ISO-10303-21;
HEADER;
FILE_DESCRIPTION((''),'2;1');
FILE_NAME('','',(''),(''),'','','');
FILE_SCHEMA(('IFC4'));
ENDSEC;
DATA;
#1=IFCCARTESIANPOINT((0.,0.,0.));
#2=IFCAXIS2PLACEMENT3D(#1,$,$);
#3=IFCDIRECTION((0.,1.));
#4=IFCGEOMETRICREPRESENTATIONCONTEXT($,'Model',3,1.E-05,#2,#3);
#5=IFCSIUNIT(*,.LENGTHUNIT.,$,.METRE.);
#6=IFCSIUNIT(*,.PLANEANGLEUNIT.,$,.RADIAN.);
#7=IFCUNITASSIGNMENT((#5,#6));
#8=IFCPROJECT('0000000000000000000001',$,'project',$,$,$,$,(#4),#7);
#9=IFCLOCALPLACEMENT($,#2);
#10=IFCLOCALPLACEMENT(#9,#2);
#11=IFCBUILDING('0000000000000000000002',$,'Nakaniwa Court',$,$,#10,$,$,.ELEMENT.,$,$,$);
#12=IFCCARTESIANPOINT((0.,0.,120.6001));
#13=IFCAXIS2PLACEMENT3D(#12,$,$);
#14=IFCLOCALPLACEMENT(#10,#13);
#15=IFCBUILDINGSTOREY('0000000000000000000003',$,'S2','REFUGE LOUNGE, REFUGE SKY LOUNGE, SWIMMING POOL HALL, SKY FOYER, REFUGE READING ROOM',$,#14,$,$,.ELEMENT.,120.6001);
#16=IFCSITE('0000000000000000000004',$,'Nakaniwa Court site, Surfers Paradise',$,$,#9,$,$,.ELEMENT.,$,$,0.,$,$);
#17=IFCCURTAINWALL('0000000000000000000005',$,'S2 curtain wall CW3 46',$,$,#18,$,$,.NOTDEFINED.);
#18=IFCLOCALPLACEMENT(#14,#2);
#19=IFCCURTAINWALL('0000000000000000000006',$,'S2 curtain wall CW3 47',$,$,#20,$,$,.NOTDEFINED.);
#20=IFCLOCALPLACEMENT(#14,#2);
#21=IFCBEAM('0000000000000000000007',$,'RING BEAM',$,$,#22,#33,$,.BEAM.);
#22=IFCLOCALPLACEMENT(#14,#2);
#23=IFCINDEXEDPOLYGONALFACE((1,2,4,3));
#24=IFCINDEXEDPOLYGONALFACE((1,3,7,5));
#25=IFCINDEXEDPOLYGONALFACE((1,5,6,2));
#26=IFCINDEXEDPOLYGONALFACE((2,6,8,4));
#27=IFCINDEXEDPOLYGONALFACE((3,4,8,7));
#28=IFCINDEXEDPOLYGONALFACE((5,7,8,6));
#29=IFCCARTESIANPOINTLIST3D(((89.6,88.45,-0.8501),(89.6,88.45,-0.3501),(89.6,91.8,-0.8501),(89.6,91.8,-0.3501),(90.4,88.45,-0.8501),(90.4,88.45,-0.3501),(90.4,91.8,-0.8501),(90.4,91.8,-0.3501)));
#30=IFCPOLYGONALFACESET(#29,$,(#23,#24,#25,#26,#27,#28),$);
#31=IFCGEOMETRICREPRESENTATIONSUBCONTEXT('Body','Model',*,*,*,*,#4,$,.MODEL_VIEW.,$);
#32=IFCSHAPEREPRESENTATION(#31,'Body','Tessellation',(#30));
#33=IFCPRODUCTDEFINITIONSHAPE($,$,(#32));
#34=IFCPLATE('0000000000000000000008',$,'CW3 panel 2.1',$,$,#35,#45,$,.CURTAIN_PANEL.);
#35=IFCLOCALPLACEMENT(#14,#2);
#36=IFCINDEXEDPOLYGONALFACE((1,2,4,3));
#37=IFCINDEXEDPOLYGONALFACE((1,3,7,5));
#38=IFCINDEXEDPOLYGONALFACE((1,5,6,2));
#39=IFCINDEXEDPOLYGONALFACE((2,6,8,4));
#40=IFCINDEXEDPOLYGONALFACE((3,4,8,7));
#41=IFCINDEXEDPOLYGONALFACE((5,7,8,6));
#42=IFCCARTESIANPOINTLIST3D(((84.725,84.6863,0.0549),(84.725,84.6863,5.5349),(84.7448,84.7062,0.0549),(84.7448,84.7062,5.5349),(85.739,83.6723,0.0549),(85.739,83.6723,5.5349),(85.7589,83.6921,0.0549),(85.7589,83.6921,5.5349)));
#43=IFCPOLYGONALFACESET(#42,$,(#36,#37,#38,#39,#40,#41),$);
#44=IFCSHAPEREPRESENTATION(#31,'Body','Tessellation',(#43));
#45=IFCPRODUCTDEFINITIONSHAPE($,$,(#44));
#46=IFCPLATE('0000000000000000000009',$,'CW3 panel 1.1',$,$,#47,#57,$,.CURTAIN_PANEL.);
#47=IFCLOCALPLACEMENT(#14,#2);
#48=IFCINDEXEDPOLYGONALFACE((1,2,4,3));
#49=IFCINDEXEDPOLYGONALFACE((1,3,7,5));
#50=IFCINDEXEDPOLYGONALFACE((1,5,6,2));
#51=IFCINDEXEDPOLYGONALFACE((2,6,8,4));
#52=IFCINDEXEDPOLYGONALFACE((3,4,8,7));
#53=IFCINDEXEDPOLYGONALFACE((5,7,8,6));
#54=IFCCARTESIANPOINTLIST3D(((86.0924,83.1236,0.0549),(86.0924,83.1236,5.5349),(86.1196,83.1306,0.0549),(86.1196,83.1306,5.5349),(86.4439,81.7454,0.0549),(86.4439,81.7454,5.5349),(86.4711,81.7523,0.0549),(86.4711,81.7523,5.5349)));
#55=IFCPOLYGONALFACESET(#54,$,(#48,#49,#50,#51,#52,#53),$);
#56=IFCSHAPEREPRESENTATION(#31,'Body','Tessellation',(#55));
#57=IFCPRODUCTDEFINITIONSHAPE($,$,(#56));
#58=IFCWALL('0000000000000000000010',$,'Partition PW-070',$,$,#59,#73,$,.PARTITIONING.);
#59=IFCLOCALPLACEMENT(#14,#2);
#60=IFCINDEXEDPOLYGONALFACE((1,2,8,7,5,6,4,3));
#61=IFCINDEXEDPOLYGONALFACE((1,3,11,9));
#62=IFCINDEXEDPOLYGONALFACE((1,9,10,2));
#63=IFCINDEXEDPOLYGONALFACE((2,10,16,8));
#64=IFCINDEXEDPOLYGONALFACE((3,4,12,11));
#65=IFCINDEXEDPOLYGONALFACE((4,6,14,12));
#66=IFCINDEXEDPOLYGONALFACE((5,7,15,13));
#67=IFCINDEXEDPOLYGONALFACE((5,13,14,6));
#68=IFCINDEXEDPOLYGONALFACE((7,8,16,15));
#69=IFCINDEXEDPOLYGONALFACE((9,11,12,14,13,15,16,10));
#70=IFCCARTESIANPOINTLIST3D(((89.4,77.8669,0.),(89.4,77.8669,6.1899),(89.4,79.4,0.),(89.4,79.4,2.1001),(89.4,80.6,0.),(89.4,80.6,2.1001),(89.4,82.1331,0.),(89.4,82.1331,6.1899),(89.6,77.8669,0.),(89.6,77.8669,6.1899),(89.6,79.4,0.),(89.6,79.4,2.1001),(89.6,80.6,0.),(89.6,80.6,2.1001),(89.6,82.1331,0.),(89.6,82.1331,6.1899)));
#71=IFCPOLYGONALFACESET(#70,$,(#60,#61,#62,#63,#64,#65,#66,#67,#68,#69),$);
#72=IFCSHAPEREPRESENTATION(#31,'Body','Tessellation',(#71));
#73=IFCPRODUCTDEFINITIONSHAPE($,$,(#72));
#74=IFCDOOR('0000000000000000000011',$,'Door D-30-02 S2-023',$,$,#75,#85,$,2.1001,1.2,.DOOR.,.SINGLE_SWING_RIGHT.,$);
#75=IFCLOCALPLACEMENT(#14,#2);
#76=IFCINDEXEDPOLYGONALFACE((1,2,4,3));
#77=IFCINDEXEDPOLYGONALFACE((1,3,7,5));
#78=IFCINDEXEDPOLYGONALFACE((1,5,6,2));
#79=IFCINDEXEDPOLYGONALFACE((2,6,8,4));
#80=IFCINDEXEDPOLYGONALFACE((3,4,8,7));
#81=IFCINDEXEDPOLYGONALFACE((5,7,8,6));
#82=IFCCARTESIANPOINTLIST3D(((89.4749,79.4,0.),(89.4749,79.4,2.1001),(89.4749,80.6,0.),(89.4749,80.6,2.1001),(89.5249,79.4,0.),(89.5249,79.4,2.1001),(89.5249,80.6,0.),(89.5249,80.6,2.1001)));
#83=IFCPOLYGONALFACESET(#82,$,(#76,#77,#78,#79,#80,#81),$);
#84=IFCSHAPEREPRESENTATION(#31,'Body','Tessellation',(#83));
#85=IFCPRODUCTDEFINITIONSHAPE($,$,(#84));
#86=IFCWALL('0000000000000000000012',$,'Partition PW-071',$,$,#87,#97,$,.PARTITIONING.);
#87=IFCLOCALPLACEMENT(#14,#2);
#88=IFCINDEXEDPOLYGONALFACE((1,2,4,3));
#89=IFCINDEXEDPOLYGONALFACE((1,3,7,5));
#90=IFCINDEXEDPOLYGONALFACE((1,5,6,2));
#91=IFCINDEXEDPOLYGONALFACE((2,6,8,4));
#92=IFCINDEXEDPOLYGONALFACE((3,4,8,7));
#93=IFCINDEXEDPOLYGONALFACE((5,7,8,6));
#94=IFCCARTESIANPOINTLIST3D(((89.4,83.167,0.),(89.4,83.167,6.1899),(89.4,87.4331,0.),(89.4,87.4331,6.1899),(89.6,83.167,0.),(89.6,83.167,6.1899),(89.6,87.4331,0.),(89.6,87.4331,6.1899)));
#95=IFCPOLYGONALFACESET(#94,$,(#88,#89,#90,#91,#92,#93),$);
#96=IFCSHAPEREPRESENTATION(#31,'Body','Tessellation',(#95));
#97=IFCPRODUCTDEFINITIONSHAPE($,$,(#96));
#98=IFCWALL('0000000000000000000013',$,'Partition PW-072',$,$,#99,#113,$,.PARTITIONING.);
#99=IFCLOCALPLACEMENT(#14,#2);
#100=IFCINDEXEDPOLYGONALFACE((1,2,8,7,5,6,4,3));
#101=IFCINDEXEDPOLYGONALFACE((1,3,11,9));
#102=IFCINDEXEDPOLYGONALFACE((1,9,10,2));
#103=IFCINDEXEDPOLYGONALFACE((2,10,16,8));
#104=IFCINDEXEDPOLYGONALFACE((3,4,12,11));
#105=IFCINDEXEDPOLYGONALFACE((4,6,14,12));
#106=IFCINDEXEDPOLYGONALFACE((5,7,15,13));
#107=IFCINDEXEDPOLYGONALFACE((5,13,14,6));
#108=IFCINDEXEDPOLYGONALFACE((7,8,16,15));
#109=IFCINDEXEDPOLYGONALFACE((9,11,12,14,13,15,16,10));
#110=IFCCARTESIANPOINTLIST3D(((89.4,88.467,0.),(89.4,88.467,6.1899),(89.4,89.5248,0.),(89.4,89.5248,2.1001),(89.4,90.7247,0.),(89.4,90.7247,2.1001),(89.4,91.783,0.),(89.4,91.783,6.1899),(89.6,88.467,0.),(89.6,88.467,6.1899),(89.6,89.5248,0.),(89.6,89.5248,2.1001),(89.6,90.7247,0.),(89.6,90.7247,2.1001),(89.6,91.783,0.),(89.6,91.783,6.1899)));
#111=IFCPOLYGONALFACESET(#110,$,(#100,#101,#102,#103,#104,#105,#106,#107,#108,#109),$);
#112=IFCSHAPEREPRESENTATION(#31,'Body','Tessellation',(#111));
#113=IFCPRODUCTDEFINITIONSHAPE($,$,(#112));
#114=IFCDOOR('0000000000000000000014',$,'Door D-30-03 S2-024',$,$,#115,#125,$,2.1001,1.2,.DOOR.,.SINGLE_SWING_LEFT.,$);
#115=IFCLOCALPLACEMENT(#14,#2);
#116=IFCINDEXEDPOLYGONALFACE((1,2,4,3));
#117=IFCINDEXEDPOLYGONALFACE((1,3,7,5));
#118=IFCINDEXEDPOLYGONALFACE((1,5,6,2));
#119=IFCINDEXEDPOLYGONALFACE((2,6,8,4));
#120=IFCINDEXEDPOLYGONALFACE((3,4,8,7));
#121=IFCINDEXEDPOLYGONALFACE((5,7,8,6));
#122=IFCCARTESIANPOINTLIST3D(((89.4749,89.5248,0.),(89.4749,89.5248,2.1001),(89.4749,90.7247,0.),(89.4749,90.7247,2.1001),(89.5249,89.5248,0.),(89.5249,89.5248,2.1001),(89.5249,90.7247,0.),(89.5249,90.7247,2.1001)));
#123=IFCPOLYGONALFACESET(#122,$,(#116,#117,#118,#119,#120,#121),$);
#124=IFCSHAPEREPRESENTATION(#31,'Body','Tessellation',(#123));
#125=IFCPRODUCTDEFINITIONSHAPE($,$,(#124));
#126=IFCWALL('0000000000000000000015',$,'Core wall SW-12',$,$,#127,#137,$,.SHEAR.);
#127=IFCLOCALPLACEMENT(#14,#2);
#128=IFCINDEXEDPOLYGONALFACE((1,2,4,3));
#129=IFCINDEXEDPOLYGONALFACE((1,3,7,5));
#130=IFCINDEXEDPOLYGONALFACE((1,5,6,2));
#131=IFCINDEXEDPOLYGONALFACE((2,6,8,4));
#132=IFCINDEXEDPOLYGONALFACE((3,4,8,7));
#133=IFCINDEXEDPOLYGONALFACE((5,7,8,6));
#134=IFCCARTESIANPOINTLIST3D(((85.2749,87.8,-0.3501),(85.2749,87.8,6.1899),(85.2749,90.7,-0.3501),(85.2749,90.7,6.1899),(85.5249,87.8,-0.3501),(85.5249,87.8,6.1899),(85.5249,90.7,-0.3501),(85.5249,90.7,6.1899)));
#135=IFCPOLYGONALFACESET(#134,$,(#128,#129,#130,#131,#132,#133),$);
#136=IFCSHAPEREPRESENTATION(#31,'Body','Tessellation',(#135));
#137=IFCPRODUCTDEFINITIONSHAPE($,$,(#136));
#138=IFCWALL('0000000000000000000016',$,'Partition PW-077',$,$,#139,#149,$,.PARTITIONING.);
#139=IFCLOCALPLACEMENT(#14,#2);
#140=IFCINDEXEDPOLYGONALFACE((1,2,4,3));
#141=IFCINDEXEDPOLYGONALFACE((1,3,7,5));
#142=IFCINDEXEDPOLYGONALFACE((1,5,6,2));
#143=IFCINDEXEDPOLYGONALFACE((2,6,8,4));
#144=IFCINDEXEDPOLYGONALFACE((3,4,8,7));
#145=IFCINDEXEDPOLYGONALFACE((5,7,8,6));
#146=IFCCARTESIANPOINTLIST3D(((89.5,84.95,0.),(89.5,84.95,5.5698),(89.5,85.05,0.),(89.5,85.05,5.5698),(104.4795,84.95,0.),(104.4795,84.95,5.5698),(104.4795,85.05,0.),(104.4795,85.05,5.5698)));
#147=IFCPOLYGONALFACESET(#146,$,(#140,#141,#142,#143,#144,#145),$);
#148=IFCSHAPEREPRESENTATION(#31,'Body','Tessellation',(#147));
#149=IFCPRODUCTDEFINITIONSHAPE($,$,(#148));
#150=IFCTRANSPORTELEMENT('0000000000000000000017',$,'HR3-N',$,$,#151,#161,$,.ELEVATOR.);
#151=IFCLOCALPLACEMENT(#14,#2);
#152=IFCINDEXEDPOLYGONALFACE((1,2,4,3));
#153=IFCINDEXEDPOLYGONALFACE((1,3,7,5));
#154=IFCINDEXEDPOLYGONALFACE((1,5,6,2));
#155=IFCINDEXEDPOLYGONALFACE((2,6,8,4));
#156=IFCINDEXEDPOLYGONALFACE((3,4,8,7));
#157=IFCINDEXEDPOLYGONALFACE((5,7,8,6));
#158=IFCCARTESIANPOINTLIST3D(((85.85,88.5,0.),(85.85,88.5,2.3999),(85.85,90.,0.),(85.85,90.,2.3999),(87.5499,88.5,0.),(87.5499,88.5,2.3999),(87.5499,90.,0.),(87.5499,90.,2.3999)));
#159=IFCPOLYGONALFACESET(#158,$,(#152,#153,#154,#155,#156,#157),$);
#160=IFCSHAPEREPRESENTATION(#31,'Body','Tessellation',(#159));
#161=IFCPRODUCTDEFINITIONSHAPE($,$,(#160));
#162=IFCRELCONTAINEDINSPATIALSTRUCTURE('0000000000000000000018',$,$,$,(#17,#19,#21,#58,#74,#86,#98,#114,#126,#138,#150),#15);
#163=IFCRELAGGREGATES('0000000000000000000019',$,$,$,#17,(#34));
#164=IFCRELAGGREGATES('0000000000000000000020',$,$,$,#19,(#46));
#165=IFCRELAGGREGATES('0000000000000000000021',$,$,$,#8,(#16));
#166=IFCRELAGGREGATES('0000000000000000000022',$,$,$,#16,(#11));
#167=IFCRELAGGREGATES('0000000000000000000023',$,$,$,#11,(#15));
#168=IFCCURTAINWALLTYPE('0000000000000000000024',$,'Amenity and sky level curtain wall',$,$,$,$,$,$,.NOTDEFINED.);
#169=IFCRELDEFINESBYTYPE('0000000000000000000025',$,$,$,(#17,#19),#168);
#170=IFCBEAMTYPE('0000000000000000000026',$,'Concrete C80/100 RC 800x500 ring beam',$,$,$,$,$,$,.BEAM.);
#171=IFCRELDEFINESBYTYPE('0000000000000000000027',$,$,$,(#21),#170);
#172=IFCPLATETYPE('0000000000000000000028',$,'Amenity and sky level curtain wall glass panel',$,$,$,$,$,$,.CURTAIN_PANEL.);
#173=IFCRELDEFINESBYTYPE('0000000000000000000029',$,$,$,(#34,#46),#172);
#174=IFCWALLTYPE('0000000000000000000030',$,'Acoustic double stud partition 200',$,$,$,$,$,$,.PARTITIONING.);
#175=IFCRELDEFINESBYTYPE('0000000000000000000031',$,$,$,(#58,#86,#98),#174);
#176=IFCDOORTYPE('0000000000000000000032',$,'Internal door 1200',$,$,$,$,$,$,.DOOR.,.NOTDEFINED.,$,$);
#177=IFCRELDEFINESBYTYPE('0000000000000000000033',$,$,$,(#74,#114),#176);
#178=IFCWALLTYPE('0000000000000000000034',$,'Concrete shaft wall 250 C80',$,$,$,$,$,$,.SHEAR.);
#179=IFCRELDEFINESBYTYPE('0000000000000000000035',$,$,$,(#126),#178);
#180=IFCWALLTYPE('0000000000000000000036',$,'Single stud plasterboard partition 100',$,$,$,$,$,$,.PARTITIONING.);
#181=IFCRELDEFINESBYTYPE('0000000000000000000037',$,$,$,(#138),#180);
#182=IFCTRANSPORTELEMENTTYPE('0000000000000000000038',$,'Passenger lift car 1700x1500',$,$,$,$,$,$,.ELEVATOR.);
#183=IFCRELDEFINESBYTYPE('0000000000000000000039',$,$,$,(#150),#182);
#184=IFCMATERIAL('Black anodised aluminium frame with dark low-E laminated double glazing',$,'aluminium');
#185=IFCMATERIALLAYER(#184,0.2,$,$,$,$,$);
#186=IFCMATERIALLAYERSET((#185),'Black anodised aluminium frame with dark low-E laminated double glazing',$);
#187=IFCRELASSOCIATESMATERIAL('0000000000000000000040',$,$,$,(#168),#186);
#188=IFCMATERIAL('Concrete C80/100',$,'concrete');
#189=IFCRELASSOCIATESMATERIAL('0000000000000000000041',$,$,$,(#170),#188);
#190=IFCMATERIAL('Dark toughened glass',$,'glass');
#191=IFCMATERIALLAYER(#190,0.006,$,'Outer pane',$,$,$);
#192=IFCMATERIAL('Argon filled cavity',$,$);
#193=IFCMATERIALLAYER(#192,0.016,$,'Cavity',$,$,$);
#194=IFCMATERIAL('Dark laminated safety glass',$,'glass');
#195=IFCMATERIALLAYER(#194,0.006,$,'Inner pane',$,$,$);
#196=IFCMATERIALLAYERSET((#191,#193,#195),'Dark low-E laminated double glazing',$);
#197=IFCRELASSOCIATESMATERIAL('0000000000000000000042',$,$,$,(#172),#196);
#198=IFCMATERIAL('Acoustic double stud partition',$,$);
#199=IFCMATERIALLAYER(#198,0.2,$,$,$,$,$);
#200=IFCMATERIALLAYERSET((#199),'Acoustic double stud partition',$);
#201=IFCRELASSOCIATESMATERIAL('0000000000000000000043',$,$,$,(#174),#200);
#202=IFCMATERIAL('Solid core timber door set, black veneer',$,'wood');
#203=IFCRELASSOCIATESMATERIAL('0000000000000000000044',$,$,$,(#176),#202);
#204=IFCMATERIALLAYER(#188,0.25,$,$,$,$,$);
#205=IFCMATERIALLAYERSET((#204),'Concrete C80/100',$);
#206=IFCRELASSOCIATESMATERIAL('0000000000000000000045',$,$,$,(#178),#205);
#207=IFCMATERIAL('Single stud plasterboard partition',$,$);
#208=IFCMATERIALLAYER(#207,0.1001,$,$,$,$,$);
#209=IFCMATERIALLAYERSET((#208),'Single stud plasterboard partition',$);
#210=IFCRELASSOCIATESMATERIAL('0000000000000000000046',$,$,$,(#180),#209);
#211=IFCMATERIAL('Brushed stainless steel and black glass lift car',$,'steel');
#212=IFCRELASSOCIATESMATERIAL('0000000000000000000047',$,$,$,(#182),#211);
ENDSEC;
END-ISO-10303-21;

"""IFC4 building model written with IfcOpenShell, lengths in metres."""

from ifc_helpers import new_model, si_unit, direction, frame, frame_2d, origin, origin_2d, place, context, subcontext, project, spatial, rectangle, extrude, material, layer, layer_set, material_profile, profile_set, type_object, element, fill, aggregate, save


model = new_model("IFC4")

# Units and contexts
model_context = context("Model", 3, precision=1e-05, world=origin(), true_north=direction((0.0, 1.0)))
body_context = subcontext(model_context, "Body", "Model", "MODEL_VIEW")
ifc_project = project(units=[si_unit("LENGTHUNIT", "METRE"), si_unit("PLANEANGLEUNIT", "RADIAN")], contexts=[model_context])

# Site, building, storey
site_placement = place(None, origin())
site = spatial("IfcSite", under=ifc_project, at=site_placement, Name="Nakaniwa Court site, Surfers Paradise", CompositionType="ELEMENT", RefElevation=0.0)
building_placement = place(site_placement, origin())
building = spatial("IfcBuilding", under=site, at=building_placement, Name="Nakaniwa Court", CompositionType="ELEMENT")
storey_placement = place(building_placement, frame((0.0, 0.0, 120.6001)))
storey = spatial("IfcBuildingStorey", under=building, at=storey_placement, Name="S2", Description="REFUGE LOUNGE, REFUGE SKY LOUNGE, SWIMMING POOL HALL, SKY FOYER, REFUGE READING ROOM", CompositionType="ELEMENT", Elevation=120.6001)

# Shared definitions
ifc_material_1 = material(Name="Concrete C80/100", Category="concrete")

# Curtain wall
ifc_material_2 = material(Name="Black anodised aluminium frame with dark low-E laminated double glazing", Category="aluminium")
ifc_layer_1 = layer(ifc_material_2, 0.2)
ifc_layer_set_1 = layer_set([ifc_layer_1], Name="Black anodised aluminium frame with dark low-E laminated double glazing")
curtain_wall_type = type_object("IfcCurtainWallType", Name="Amenity and sky level curtain wall", PredefinedType="NOTDEFINED", material=ifc_layer_set_1)
curtain_wall_1_placement = place(storey_placement, origin())
curtain_wall_1 = element("IfcCurtainWall", 1, at=curtain_wall_1_placement, inside=storey, type_object=curtain_wall_type, Name="S2 curtain wall CW3 46", PredefinedType="NOTDEFINED")

# Curtain wall
curtain_wall_2_placement = place(storey_placement, origin())
curtain_wall_2 = element("IfcCurtainWall", 2, at=curtain_wall_2_placement, inside=storey, type_object=curtain_wall_type, Name="S2 curtain wall CW3 47", PredefinedType="NOTDEFINED")

# Beam
ifc_material_profile_1 = material_profile(ifc_material_1, rectangle(XDim=0.8, YDim=0.5, at=origin_2d()), Name="Concrete C80/100 RC 800x500 ring beam")
ifc_profile_set_1 = profile_set([ifc_material_profile_1], Name="Concrete C80/100")
beam_type_1 = type_object("IfcBeamType", Name="Concrete C80/100 RC 800x500 ring beam", PredefinedType="BEAM", material=ifc_profile_set_1)
beam_1_placement = place(storey_placement, frame((90.0, 88.45, -0.6001), z_axis=(0.0, 1.0, 0.0), x_axis=(-1.0, 0.0, 0.0)))
element("IfcBeam", 3, at=beam_1_placement, inside=storey, type_object=beam_type_1, Name="RING BEAM", PredefinedType="BEAM", context=body_context, shape_type="SweptSolid", body=[
    extrude(rectangle(XDim=0.8, YDim=0.5, at=origin_2d()), origin(), (0.0, 0.0, 1.0), 3.3501),
])

# Plates
ifc_material_3 = material(Name="Dark toughened glass", Category="glass")
ifc_layer_2 = layer(ifc_material_3, 0.006, Name="Outer pane")
ifc_material_4 = material(Name="Argon filled cavity")
ifc_layer_3 = layer(ifc_material_4, 0.016, Name="Cavity")
ifc_material_5 = material(Name="Dark laminated safety glass", Category="glass")
ifc_layer_4 = layer(ifc_material_5, 0.006, Name="Inner pane")
ifc_layer_set_2 = layer_set([ifc_layer_2, ifc_layer_3, ifc_layer_4], Name="Dark low-E laminated double glazing")
plate_type = type_object("IfcPlateType", Name="Amenity and sky level curtain wall glass panel", PredefinedType="CURTAIN_PANEL", material=ifc_layer_set_2)
plate_1_placement = place(storey_placement, frame((85.2419, 84.1892, 0.0549), z_axis=(0.0, 0.0, 1.0), x_axis=(0.707107, -0.707107, 0.0)))
plate_1 = element("IfcPlate", 4, at=plate_1_placement, type_object=plate_type, Name="CW3 panel 2.1", PredefinedType="CURTAIN_PANEL", context=body_context, shape_type="SweptSolid", body=[
    extrude(rectangle(XDim=1.4341, YDim=0.0281, at=origin_2d()), origin(), (0.0, 0.0, 1.0), 5.48),
])
aggregate(curtain_wall_1, [plate_1])
plate_2_placement = place(storey_placement, frame((86.2817, 82.438, 0.0549), z_axis=(0.0, 0.0, 1.0), x_axis=(0.247114, -0.968986, 0.0)))
plate_2 = element("IfcPlate", 5, at=plate_2_placement, type_object=plate_type, Name="CW3 panel 1.1", PredefinedType="CURTAIN_PANEL", context=body_context, shape_type="SweptSolid", body=[
    extrude(rectangle(XDim=1.4224, YDim=0.0281, at=origin_2d()), origin(), (0.0, 0.0, 1.0), 5.48),
])
aggregate(curtain_wall_2, [plate_2])

# Wall, opening, door
ifc_material_6 = material(Name="Acoustic double stud partition")
ifc_layer_5 = layer(ifc_material_6, 0.2)
ifc_layer_set_3 = layer_set([ifc_layer_5], Name="Acoustic double stud partition")
wall_type_1 = type_object("IfcWallType", Name="Acoustic double stud partition 200", PredefinedType="PARTITIONING", material=ifc_layer_set_3)
wall_1_placement = place(storey_placement, frame((89.5, 82.1331, 0.0), z_axis=(0.0, 0.0, 1.0), x_axis=(0.0, -1.0, 0.0)))
wall_1 = element("IfcWall", 6, at=wall_1_placement, inside=storey, type_object=wall_type_1, Name="Partition PW-070", PredefinedType="PARTITIONING", context=body_context, shape_type="SweptSolid", body=[
    extrude(rectangle(XDim=4.2661, YDim=0.2, at=frame_2d((2.1331, 0.0))), origin(), (0.0, 0.0, 1.0), 6.1899),
])
opening_1_placement = place(wall_1_placement, frame((1.533, 0.0, 0.0)))
opening_1 = element("IfcOpeningElement", 7, at=opening_1_placement, cuts=wall_1, PredefinedType="OPENING", context=body_context, shape_type="SweptSolid", body=[
    extrude(rectangle(XDim=1.2, YDim=2.1001, at=frame_2d((0.6001, 1.05))), frame((0.0, 0.1099, 0.0), z_axis=(0.0, -1.0, 0.0), x_axis=(1.0, 0.0, 0.0)), (0.0, 0.0, 1.0), 0.22),
])
ifc_material_7 = material(Name="Solid core timber door set, black veneer", Category="wood")
door_type = type_object("IfcDoorType", Name="Internal door 1200", OperationType="NOTDEFINED", PredefinedType="DOOR", material=ifc_material_7)
door_1_placement = place(opening_1_placement, origin())
door_1 = element("IfcDoor", 8, at=door_1_placement, inside=storey, type_object=door_type, Name="Door D-30-02 S2-023", OperationType="SINGLE_SWING_RIGHT", OverallHeight=2.1001, OverallWidth=1.2, PredefinedType="DOOR", context=body_context, shape_type="SweptSolid", body=[
    extrude(rectangle(XDim=1.2, YDim=2.1001, at=frame_2d((0.6001, 1.05))), frame((0.0, 0.0249, 0.0), z_axis=(0.0, -1.0, 0.0), x_axis=(1.0, 0.0, 0.0)), (0.0, 0.0, 1.0), 0.05),
])
fill(opening_1, door_1)

# Wall
wall_2_placement = place(storey_placement, frame((89.5, 83.167, 0.0), z_axis=(0.0, 0.0, 1.0), x_axis=(0.0, 1.0, 0.0)))
element("IfcWall", 9, at=wall_2_placement, inside=storey, type_object=wall_type_1, Name="Partition PW-071", PredefinedType="PARTITIONING", context=body_context, shape_type="SweptSolid", body=[
    extrude(rectangle(XDim=4.2661, YDim=0.2, at=frame_2d((2.1331, 0.0))), origin(), (0.0, 0.0, 1.0), 6.1899),
])

# Wall, opening, door
wall_3_placement = place(storey_placement, frame((89.5, 91.783, 0.0), z_axis=(0.0, 0.0, 1.0), x_axis=(0.0, -1.0, 0.0)))
wall_3 = element("IfcWall", 10, at=wall_3_placement, inside=storey, type_object=wall_type_1, Name="Partition PW-072", PredefinedType="PARTITIONING", context=body_context, shape_type="SweptSolid", body=[
    extrude(rectangle(XDim=3.3159, YDim=0.2, at=frame_2d((1.658, 0.0))), origin(), (0.0, 0.0, 1.0), 6.1899),
])
opening_2_placement = place(wall_3_placement, frame((1.0581, 0.0, 0.0)))
opening_2 = element("IfcOpeningElement", 11, at=opening_2_placement, cuts=wall_3, PredefinedType="OPENING", context=body_context, shape_type="SweptSolid", body=[
    extrude(rectangle(XDim=1.2, YDim=2.1001, at=frame_2d((0.6001, 1.05))), frame((0.0, 0.1099, 0.0), z_axis=(0.0, -1.0, 0.0), x_axis=(1.0, 0.0, 0.0)), (0.0, 0.0, 1.0), 0.22),
])
door_2_placement = place(opening_2_placement, origin())
door_2 = element("IfcDoor", 12, at=door_2_placement, inside=storey, type_object=door_type, Name="Door D-30-03 S2-024", OperationType="SINGLE_SWING_LEFT", OverallHeight=2.1001, OverallWidth=1.2, PredefinedType="DOOR", context=body_context, shape_type="SweptSolid", body=[
    extrude(rectangle(XDim=1.2, YDim=2.1001, at=frame_2d((0.6001, 1.05))), frame((0.0, 0.0249, 0.0), z_axis=(0.0, -1.0, 0.0), x_axis=(1.0, 0.0, 0.0)), (0.0, 0.0, 1.0), 0.05),
])
fill(opening_2, door_2)

# Walls
ifc_layer_6 = layer(ifc_material_1, 0.25)
ifc_layer_set_4 = layer_set([ifc_layer_6], Name="Concrete C80/100")
wall_type_2 = type_object("IfcWallType", Name="Concrete shaft wall 250 C80", PredefinedType="SHEAR", material=ifc_layer_set_4)
wall_4_placement = place(storey_placement, frame((85.3999, 87.8, -0.3501), z_axis=(0.0, 0.0, 1.0), x_axis=(0.0, 1.0, 0.0)))
element("IfcWall", 13, at=wall_4_placement, inside=storey, type_object=wall_type_2, Name="Core wall SW-12", PredefinedType="SHEAR", context=body_context, shape_type="SweptSolid", body=[
    extrude(rectangle(XDim=2.8999, YDim=0.25, at=frame_2d((1.45, 0.0))), origin(), (0.0, 0.0, 1.0), 6.54),
])
ifc_material_8 = material(Name="Single stud plasterboard partition")
ifc_layer_7 = layer(ifc_material_8, 0.1001)
ifc_layer_set_5 = layer_set([ifc_layer_7], Name="Single stud plasterboard partition")
wall_type_3 = type_object("IfcWallType", Name="Single stud plasterboard partition 100", PredefinedType="PARTITIONING", material=ifc_layer_set_5)
wall_5_placement = place(storey_placement, frame((89.5, 85.0, 0.0), z_axis=(0.0, 0.0, 1.0), x_axis=(1.0, 0.0, 0.0)))
element("IfcWall", 14, at=wall_5_placement, inside=storey, type_object=wall_type_3, Name="Partition PW-077", PredefinedType="PARTITIONING", context=body_context, shape_type="SweptSolid", body=[
    extrude(rectangle(XDim=14.9795, YDim=0.1001, at=frame_2d((7.4897, 0.0))), origin(), (0.0, 0.0, 1.0), 5.5698),
])

# Transport element
ifc_material_9 = material(Name="Brushed stainless steel and black glass lift car", Category="steel")
transport_element_type = type_object("IfcTransportElementType", Name="Passenger lift car 1700x1500", PredefinedType="ELEVATOR", material=ifc_material_9)
transport_element_placement = place(storey_placement, frame((86.7, 89.25, 0.0), z_axis=(0.0, 0.0, 1.0), x_axis=(1.0, 0.0, 0.0)))
element("IfcTransportElement", 15, at=transport_element_placement, inside=storey, type_object=transport_element_type, Name="HR3-N", PredefinedType="ELEVATOR", context=body_context, shape_type="SweptSolid", body=[
    extrude(rectangle(XDim=1.7, YDim=1.5, at=origin_2d()), origin(), (0.0, 0.0, 1.0), 2.3999),
])

save(model, "model.ifc")
